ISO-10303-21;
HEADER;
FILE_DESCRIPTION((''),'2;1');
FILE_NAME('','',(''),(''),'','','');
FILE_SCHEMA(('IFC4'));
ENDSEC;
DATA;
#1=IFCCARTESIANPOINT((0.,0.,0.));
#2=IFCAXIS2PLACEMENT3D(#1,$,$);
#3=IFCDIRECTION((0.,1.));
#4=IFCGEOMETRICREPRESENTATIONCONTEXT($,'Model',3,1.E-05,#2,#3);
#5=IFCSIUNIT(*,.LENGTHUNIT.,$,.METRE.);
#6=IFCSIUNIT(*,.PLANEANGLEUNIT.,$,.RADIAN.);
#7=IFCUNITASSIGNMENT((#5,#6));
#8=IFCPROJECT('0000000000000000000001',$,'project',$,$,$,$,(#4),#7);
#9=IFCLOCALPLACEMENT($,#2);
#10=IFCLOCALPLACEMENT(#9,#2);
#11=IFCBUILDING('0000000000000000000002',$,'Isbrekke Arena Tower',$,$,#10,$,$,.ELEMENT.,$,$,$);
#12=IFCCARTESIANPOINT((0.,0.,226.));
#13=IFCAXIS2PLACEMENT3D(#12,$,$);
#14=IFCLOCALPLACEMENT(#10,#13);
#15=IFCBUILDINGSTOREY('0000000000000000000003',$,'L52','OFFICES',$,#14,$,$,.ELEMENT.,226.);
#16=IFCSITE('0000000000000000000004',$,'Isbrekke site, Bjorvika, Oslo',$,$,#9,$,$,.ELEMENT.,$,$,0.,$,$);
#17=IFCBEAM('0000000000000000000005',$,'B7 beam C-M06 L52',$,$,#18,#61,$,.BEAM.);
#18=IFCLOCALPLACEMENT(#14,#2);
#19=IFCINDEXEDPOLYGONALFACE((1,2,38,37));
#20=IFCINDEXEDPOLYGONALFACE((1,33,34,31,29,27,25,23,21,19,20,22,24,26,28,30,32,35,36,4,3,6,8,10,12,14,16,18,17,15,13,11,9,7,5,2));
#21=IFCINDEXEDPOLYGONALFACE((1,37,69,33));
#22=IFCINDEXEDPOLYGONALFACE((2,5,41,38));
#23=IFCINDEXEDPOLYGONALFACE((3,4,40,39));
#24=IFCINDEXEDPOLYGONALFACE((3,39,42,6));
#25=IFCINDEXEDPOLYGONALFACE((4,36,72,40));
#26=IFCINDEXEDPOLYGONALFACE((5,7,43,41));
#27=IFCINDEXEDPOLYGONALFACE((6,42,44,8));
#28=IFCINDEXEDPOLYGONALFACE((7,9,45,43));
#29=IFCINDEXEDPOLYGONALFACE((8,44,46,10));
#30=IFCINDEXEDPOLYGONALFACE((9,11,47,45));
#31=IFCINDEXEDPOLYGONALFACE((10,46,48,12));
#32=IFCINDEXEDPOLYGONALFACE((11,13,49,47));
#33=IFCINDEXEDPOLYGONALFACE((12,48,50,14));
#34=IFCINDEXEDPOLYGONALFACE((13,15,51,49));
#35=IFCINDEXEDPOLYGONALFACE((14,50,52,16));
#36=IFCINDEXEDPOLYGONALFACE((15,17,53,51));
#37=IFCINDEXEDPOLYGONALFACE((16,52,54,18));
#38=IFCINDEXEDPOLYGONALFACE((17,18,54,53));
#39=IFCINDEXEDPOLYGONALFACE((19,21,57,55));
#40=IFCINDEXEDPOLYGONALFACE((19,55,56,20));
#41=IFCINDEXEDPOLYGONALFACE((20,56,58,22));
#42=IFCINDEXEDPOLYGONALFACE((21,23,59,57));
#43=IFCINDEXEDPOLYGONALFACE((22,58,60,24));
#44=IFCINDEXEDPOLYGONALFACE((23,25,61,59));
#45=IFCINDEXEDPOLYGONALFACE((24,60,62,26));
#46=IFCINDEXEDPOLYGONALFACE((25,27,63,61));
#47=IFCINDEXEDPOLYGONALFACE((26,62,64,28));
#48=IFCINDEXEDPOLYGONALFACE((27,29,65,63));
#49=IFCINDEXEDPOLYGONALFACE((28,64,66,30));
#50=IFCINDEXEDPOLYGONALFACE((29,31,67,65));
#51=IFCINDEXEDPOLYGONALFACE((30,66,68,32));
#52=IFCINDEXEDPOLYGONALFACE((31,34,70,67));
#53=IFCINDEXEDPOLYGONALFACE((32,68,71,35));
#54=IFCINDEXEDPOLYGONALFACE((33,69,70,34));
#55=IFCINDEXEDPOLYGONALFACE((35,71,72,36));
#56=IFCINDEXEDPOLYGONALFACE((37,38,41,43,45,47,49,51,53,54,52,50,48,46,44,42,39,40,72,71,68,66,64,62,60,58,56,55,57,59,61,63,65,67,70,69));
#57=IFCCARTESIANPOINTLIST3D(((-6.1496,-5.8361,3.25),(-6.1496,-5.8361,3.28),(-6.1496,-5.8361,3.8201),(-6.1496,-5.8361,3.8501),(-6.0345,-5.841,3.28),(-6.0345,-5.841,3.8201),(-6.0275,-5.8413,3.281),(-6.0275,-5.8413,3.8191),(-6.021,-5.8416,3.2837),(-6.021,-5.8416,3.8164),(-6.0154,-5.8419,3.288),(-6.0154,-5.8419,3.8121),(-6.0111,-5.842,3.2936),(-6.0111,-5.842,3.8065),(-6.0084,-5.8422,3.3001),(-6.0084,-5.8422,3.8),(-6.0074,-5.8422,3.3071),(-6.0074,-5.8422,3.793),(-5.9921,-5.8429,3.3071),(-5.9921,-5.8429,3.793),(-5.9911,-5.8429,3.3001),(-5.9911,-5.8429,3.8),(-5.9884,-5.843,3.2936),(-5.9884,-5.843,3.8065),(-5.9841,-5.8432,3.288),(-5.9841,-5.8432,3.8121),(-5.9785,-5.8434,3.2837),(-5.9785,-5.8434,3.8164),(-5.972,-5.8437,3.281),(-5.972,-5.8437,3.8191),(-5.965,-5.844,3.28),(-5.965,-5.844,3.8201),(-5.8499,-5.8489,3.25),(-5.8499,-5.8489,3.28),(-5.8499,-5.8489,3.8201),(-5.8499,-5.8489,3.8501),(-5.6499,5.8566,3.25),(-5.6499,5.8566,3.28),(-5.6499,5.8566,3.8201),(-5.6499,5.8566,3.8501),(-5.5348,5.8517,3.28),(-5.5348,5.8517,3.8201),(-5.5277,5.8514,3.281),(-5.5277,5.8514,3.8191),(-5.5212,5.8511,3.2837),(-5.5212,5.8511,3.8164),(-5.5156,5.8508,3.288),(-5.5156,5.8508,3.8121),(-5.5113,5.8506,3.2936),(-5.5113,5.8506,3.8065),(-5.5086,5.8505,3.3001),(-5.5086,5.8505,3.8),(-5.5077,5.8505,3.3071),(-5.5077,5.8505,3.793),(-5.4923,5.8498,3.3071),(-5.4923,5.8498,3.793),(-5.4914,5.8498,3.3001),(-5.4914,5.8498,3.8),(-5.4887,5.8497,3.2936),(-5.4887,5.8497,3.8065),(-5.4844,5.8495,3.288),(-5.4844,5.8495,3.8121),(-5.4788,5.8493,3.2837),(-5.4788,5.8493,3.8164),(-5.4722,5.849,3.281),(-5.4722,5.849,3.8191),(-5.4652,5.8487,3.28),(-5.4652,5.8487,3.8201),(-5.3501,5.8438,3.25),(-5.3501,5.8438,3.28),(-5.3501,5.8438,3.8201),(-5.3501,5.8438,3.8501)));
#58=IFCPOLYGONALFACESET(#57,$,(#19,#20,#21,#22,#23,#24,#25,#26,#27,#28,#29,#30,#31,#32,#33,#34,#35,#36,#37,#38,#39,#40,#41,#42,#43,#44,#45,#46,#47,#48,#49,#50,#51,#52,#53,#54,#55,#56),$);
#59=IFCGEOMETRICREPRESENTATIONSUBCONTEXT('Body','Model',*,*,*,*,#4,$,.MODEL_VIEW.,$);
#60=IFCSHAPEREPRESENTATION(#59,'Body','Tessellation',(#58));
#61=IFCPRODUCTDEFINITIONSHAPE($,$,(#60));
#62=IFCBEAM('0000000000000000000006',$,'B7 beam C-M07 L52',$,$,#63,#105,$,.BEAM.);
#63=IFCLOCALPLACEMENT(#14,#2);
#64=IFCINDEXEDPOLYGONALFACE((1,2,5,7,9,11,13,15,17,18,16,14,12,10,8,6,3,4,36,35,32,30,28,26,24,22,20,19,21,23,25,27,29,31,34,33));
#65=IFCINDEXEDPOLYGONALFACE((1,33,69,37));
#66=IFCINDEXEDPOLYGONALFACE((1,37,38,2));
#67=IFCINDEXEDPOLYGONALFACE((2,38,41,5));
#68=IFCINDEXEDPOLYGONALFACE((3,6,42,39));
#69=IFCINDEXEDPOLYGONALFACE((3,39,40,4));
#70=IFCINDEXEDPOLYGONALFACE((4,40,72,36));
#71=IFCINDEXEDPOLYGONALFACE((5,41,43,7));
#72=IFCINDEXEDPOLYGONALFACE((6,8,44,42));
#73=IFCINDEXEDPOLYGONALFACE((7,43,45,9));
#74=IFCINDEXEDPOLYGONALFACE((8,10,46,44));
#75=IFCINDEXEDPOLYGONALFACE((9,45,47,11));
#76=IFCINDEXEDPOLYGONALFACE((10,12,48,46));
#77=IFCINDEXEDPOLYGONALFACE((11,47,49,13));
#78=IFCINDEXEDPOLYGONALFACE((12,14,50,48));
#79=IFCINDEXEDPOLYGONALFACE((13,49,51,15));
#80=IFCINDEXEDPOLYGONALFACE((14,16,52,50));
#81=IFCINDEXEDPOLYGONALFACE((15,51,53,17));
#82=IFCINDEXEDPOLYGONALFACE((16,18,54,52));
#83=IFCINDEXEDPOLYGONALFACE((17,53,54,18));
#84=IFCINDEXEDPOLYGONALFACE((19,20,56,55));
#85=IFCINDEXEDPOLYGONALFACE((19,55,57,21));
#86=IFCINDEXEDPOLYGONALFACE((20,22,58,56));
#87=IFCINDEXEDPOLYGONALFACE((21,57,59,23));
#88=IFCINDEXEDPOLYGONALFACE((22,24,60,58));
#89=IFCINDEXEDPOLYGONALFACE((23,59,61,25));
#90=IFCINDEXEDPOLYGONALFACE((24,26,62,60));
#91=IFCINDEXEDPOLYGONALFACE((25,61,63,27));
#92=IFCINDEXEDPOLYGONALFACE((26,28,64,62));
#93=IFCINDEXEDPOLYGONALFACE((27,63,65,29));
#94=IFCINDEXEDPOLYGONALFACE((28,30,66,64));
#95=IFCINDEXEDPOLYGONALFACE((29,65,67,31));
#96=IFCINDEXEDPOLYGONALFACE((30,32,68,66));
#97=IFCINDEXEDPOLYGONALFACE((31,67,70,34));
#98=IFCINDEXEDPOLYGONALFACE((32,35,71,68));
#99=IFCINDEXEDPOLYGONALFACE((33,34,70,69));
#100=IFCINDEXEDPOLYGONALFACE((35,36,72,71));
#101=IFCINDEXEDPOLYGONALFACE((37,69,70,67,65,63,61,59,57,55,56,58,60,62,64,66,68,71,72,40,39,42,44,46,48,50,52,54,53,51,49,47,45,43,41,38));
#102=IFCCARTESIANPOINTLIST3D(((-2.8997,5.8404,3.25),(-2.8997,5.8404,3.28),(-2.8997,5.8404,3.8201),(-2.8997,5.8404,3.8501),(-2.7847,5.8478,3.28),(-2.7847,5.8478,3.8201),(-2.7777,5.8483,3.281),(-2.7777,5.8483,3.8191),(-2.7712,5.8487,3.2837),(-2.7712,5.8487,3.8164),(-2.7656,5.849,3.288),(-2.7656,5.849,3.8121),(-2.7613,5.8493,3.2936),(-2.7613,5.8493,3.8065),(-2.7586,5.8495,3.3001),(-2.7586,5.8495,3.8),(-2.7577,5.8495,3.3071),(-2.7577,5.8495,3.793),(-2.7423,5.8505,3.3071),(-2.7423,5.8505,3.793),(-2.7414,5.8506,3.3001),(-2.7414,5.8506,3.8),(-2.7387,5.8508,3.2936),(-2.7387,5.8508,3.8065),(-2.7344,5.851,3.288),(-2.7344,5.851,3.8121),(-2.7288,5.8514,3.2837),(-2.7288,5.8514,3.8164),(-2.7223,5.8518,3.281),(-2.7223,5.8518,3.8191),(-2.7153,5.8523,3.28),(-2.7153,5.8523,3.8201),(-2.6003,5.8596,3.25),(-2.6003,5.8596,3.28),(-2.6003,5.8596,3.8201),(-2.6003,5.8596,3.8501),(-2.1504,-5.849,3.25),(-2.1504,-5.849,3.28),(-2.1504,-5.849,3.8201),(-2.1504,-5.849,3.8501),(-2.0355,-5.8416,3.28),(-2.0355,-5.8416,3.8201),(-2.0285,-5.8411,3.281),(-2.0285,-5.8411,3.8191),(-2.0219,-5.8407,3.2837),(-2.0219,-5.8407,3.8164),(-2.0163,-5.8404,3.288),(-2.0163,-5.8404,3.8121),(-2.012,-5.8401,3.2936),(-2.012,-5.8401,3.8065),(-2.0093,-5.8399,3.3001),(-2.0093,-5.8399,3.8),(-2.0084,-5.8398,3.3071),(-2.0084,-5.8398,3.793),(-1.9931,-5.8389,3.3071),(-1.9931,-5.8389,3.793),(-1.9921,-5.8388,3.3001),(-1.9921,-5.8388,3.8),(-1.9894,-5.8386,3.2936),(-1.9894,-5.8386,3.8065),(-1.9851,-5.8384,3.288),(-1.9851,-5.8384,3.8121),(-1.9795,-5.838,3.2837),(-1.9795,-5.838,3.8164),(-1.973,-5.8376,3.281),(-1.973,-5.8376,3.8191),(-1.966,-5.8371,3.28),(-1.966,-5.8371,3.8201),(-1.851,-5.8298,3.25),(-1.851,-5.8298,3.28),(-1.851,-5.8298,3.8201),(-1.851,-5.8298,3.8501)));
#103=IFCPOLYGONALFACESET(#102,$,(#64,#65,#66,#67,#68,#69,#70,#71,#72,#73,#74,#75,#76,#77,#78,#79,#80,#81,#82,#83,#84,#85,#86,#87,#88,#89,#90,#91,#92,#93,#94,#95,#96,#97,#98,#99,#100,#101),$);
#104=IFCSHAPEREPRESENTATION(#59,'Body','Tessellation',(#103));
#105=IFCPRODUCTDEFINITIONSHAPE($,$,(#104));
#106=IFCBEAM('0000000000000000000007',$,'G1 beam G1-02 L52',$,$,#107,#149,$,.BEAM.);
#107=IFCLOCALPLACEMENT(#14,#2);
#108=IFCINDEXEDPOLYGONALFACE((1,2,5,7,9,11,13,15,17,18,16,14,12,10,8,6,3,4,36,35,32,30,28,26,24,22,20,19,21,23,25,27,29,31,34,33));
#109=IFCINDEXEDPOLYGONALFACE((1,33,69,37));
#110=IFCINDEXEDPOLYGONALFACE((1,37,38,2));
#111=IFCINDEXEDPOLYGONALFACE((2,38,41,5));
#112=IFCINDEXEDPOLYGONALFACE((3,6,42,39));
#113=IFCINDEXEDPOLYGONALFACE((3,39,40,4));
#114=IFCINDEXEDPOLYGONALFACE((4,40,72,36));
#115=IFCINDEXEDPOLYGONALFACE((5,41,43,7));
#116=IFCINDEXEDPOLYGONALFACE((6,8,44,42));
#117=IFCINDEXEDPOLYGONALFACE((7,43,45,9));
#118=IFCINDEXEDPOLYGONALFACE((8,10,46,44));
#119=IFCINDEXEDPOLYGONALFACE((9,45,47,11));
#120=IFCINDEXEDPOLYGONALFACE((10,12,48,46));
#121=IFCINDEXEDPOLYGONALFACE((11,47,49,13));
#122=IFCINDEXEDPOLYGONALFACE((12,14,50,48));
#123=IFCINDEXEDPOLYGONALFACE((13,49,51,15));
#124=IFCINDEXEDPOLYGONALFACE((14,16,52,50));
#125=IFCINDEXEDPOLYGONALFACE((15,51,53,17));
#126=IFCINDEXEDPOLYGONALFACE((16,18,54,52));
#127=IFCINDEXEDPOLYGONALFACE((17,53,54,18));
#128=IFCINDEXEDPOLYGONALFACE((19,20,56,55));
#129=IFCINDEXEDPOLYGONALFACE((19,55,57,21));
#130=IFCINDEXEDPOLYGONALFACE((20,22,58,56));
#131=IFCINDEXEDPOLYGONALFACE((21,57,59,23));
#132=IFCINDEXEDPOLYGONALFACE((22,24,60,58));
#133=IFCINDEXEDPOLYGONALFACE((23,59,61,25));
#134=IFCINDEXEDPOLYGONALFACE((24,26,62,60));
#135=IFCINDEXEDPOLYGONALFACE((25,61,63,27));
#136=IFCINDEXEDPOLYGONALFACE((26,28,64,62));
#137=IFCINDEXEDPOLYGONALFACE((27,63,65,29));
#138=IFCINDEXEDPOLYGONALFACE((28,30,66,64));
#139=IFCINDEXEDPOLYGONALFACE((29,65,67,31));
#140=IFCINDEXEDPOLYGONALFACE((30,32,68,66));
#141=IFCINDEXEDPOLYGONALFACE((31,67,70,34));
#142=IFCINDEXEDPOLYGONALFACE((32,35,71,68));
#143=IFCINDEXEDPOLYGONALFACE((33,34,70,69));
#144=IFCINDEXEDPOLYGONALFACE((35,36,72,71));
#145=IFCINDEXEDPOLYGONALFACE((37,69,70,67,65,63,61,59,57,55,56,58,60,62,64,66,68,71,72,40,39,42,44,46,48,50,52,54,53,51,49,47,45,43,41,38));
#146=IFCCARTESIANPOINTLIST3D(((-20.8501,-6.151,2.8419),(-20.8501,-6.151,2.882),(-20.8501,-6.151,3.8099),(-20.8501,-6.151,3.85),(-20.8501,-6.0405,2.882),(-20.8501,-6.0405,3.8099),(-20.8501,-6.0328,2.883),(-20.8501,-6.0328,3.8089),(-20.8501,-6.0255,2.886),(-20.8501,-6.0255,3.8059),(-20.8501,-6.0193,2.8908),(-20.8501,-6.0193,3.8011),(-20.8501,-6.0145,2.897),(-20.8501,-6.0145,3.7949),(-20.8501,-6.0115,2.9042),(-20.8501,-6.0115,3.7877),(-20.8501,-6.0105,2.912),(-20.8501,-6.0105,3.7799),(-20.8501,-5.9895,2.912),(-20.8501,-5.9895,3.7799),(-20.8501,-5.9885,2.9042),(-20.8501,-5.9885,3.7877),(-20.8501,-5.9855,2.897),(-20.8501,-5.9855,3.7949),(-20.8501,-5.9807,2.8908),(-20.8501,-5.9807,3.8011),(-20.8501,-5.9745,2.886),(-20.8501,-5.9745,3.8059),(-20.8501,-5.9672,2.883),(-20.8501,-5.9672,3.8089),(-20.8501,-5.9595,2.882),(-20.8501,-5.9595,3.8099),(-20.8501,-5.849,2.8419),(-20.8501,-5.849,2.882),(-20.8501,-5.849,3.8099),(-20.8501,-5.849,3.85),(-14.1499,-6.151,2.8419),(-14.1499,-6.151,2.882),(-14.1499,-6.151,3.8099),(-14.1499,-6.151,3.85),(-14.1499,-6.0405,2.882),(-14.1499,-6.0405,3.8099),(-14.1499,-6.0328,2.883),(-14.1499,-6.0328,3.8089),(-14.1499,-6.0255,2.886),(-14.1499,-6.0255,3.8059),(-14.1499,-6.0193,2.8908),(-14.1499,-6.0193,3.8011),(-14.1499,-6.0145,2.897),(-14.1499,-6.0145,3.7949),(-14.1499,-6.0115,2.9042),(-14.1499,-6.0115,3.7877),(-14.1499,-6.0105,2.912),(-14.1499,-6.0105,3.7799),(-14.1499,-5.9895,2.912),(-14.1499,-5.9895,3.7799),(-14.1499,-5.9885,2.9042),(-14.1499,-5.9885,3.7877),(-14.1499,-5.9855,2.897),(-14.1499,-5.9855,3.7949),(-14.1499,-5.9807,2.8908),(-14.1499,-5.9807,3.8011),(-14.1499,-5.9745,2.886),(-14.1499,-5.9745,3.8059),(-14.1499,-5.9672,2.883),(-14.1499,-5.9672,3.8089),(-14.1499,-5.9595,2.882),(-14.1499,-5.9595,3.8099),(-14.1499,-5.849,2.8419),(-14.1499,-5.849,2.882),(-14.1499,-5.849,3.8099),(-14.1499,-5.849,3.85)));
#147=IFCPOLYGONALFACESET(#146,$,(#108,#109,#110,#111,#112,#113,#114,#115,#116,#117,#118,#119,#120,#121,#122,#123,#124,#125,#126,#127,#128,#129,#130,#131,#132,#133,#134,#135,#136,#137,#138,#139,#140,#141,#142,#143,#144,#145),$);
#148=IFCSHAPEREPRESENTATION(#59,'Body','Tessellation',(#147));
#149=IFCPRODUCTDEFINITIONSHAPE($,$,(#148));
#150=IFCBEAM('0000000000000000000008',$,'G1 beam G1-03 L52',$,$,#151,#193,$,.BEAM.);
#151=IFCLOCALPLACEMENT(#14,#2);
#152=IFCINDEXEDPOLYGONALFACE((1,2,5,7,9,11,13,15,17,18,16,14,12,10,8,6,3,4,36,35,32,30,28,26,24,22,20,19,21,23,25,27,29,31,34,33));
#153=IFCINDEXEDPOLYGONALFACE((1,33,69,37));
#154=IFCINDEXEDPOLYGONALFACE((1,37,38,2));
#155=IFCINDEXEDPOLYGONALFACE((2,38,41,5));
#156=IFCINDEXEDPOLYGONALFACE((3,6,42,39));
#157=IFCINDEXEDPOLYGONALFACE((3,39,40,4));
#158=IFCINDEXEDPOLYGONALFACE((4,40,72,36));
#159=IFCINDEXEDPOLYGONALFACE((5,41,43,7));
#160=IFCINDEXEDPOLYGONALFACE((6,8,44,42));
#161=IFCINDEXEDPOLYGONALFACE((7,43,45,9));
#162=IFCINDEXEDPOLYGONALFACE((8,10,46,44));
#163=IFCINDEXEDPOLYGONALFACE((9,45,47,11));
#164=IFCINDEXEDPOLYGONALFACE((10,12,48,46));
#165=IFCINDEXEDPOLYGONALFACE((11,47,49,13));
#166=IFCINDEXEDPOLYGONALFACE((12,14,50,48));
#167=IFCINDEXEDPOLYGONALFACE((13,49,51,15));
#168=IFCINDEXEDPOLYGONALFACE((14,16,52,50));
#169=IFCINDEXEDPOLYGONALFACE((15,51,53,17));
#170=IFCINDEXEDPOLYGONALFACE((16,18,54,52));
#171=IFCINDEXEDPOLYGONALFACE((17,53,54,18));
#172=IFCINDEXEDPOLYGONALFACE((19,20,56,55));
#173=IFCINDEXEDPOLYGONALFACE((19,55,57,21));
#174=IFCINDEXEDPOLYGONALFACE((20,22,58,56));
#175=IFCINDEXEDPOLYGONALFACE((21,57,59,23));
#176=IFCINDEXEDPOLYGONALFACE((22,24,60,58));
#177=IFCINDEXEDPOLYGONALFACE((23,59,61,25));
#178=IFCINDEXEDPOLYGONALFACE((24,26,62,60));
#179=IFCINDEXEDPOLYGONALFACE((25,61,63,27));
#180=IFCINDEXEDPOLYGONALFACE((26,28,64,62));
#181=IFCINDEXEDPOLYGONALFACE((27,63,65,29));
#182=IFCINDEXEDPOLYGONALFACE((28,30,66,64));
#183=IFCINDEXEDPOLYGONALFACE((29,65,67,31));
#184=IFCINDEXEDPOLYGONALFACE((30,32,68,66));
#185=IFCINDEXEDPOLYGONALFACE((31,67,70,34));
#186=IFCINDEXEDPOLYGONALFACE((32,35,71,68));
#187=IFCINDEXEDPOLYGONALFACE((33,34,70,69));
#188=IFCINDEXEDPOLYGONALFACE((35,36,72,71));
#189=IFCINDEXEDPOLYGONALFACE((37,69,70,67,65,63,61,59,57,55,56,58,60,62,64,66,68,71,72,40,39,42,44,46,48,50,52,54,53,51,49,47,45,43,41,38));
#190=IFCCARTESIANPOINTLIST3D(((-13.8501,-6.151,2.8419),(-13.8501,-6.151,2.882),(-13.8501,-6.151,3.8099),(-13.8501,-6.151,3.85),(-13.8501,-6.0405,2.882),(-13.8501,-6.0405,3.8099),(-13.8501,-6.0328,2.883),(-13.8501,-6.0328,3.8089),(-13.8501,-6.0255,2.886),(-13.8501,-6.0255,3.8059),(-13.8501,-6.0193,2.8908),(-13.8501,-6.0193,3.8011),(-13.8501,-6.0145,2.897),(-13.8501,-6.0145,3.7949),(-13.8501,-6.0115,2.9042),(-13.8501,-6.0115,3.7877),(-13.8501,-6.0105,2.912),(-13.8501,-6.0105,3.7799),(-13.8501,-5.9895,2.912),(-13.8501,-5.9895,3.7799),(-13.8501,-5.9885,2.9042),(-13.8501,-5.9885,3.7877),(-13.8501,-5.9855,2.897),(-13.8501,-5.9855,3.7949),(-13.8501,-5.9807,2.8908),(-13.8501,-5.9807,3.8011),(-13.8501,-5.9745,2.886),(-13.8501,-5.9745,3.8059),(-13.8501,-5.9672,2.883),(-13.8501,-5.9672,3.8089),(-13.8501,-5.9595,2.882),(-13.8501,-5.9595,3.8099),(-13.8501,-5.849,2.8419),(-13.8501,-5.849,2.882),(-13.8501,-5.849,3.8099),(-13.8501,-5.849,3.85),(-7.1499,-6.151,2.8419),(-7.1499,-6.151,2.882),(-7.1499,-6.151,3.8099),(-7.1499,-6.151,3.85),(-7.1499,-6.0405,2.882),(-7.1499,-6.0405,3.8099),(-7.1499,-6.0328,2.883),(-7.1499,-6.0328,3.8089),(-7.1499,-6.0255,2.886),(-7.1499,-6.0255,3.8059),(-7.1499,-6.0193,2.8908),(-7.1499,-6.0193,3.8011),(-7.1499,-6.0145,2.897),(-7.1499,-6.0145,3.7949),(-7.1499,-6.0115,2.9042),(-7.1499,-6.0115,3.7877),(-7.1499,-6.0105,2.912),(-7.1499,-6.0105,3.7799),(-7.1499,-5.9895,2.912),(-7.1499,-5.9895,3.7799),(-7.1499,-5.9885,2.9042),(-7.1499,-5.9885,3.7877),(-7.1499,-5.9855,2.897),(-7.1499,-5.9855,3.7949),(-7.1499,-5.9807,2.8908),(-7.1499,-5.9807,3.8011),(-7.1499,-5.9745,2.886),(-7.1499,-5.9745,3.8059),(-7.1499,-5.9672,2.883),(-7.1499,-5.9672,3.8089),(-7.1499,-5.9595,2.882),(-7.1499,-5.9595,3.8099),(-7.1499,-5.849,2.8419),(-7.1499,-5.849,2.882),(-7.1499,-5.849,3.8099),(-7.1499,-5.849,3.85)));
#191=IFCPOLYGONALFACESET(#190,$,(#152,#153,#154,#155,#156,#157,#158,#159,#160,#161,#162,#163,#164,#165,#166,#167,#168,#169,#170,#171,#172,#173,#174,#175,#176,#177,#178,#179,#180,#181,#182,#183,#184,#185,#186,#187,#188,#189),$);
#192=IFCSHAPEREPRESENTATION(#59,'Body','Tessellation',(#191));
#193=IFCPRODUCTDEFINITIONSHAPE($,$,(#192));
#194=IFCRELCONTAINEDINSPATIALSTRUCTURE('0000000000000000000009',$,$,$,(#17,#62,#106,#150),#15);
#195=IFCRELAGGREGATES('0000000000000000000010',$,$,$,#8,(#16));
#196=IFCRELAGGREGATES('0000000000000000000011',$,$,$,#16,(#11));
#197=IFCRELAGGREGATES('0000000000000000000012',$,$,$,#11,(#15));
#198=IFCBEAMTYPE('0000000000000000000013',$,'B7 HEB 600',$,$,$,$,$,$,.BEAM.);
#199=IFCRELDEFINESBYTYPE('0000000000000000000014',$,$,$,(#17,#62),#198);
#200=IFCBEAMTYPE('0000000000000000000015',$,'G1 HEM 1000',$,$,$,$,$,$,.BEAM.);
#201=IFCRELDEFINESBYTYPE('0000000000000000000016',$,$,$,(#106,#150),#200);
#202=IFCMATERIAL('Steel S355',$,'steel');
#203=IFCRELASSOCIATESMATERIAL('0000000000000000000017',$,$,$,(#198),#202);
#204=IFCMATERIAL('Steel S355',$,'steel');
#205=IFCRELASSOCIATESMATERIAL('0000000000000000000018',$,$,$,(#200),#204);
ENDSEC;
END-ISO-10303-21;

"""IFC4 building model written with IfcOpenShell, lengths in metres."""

from ifc_helpers import new_model, si_unit, direction, frame, origin, origin_2d, place, context, subcontext, project, spatial, i_section, extrude, material, material_profile, profile_set, type_object, element, save


model = new_model("IFC4")

# Units and contexts
model_context = context("Model", 3, precision=1e-05, world=origin(), true_north=direction((0.0, 1.0)))
body_context = subcontext(model_context, "Body", "Model", "MODEL_VIEW")
ifc_project = project(units=[si_unit("LENGTHUNIT", "METRE"), si_unit("PLANEANGLEUNIT", "RADIAN")], contexts=[model_context])

# Site, building, storey
site_placement = place(None, origin())
site = spatial("IfcSite", under=ifc_project, at=site_placement, Name="Isbrekke site, Bjorvika, Oslo", CompositionType="ELEMENT", RefElevation=0.0)
building_placement = place(site_placement, origin())
building = spatial("IfcBuilding", under=site, at=building_placement, Name="Isbrekke Arena Tower", CompositionType="ELEMENT")
storey_placement = place(building_placement, frame((0.0, 0.0, 226.0)))
storey = spatial("IfcBuildingStorey", under=building, at=storey_placement, Name="L52", Description="OFFICES", CompositionType="ELEMENT", Elevation=226.0)

# Beams
ifc_material_1 = material(Name="Steel S355", Category="steel")
ifc_material_profile_1 = material_profile(ifc_material_1, i_section(OverallWidth=0.3, OverallDepth=0.6001, WebThickness=0.0154, FlangeThickness=0.03, FilletRadius=0.0271, at=origin_2d()), Name="HEB 600")
ifc_profile_set_1 = profile_set([ifc_material_profile_1], Name="Steel S355")
beam_type_1 = type_object("IfcBeamType", Name="B7 HEB 600", PredefinedType="BEAM", material=ifc_profile_set_1)
beam_1_placement = place(storey_placement, frame((-5.9998, -5.8425, 3.55), z_axis=(0.042702, 0.999088, 0.0), x_axis=(-0.999088, 0.042702, 0.0)))
element("IfcBeam", 1, at=beam_1_placement, inside=storey, type_object=beam_type_1, Name="B7 beam C-M06 L52", PredefinedType="BEAM", context=body_context, shape_type="SweptSolid", body=[
    extrude(i_section(OverallWidth=0.3, OverallDepth=0.6001, WebThickness=0.0154, FlangeThickness=0.03, FilletRadius=0.0271, at=origin_2d()), origin(), (0.0, 0.0, 1.0), 11.7034),
])
beam_2_placement = place(storey_placement, frame((-2.0007, -5.8394, 3.55), z_axis=(-0.063966, 0.997952, 0.0), x_axis=(-0.997952, -0.063966, 0.0)))
element("IfcBeam", 2, at=beam_2_placement, inside=storey, type_object=beam_type_1, Name="B7 beam C-M07 L52", PredefinedType="BEAM", context=body_context, shape_type="SweptSolid", body=[
    extrude(i_section(OverallWidth=0.3, OverallDepth=0.6001, WebThickness=0.0154, FlangeThickness=0.03, FilletRadius=0.0271, at=origin_2d()), origin(), (0.0, 0.0, 1.0), 11.7134),
])
ifc_material_2 = material(Name="Steel S355", Category="steel")
ifc_material_profile_2 = material_profile(ifc_material_2, i_section(OverallWidth=0.302, OverallDepth=1.0081, WebThickness=0.021, FlangeThickness=0.04, FilletRadius=0.03, at=origin_2d()), Name="HEM 1000")
ifc_profile_set_2 = profile_set([ifc_material_profile_2], Name="Steel S355")
beam_type_2 = type_object("IfcBeamType", Name="G1 HEM 1000", PredefinedType="BEAM", material=ifc_profile_set_2)
for number, where, z_axis, x_axis, name in (
    (3, (-20.8501, -6.0, 3.3459), (1.0, 0.0, 0.0), (0.0, 1.0, 0.0), "G1 beam G1-02 L52"),
    (4, (-13.8501, -6.0, 3.3459), (1.0, 0.0, 0.0), (0.0, 1.0, 0.0), "G1 beam G1-03 L52"),
):
    element("IfcBeam", number, at=place(storey_placement, frame(where, z_axis=z_axis, x_axis=x_axis)), inside=storey, type_object=beam_type_2, Name=name, PredefinedType="BEAM", context=body_context, shape_type="SweptSolid", body=[
        extrude(i_section(OverallWidth=0.302, OverallDepth=1.0081, WebThickness=0.021, FlangeThickness=0.04, FilletRadius=0.03, at=origin_2d()), origin(), (0.0, 0.0, 1.0), 6.7002),
    ])

save(model, "model.ifc")
